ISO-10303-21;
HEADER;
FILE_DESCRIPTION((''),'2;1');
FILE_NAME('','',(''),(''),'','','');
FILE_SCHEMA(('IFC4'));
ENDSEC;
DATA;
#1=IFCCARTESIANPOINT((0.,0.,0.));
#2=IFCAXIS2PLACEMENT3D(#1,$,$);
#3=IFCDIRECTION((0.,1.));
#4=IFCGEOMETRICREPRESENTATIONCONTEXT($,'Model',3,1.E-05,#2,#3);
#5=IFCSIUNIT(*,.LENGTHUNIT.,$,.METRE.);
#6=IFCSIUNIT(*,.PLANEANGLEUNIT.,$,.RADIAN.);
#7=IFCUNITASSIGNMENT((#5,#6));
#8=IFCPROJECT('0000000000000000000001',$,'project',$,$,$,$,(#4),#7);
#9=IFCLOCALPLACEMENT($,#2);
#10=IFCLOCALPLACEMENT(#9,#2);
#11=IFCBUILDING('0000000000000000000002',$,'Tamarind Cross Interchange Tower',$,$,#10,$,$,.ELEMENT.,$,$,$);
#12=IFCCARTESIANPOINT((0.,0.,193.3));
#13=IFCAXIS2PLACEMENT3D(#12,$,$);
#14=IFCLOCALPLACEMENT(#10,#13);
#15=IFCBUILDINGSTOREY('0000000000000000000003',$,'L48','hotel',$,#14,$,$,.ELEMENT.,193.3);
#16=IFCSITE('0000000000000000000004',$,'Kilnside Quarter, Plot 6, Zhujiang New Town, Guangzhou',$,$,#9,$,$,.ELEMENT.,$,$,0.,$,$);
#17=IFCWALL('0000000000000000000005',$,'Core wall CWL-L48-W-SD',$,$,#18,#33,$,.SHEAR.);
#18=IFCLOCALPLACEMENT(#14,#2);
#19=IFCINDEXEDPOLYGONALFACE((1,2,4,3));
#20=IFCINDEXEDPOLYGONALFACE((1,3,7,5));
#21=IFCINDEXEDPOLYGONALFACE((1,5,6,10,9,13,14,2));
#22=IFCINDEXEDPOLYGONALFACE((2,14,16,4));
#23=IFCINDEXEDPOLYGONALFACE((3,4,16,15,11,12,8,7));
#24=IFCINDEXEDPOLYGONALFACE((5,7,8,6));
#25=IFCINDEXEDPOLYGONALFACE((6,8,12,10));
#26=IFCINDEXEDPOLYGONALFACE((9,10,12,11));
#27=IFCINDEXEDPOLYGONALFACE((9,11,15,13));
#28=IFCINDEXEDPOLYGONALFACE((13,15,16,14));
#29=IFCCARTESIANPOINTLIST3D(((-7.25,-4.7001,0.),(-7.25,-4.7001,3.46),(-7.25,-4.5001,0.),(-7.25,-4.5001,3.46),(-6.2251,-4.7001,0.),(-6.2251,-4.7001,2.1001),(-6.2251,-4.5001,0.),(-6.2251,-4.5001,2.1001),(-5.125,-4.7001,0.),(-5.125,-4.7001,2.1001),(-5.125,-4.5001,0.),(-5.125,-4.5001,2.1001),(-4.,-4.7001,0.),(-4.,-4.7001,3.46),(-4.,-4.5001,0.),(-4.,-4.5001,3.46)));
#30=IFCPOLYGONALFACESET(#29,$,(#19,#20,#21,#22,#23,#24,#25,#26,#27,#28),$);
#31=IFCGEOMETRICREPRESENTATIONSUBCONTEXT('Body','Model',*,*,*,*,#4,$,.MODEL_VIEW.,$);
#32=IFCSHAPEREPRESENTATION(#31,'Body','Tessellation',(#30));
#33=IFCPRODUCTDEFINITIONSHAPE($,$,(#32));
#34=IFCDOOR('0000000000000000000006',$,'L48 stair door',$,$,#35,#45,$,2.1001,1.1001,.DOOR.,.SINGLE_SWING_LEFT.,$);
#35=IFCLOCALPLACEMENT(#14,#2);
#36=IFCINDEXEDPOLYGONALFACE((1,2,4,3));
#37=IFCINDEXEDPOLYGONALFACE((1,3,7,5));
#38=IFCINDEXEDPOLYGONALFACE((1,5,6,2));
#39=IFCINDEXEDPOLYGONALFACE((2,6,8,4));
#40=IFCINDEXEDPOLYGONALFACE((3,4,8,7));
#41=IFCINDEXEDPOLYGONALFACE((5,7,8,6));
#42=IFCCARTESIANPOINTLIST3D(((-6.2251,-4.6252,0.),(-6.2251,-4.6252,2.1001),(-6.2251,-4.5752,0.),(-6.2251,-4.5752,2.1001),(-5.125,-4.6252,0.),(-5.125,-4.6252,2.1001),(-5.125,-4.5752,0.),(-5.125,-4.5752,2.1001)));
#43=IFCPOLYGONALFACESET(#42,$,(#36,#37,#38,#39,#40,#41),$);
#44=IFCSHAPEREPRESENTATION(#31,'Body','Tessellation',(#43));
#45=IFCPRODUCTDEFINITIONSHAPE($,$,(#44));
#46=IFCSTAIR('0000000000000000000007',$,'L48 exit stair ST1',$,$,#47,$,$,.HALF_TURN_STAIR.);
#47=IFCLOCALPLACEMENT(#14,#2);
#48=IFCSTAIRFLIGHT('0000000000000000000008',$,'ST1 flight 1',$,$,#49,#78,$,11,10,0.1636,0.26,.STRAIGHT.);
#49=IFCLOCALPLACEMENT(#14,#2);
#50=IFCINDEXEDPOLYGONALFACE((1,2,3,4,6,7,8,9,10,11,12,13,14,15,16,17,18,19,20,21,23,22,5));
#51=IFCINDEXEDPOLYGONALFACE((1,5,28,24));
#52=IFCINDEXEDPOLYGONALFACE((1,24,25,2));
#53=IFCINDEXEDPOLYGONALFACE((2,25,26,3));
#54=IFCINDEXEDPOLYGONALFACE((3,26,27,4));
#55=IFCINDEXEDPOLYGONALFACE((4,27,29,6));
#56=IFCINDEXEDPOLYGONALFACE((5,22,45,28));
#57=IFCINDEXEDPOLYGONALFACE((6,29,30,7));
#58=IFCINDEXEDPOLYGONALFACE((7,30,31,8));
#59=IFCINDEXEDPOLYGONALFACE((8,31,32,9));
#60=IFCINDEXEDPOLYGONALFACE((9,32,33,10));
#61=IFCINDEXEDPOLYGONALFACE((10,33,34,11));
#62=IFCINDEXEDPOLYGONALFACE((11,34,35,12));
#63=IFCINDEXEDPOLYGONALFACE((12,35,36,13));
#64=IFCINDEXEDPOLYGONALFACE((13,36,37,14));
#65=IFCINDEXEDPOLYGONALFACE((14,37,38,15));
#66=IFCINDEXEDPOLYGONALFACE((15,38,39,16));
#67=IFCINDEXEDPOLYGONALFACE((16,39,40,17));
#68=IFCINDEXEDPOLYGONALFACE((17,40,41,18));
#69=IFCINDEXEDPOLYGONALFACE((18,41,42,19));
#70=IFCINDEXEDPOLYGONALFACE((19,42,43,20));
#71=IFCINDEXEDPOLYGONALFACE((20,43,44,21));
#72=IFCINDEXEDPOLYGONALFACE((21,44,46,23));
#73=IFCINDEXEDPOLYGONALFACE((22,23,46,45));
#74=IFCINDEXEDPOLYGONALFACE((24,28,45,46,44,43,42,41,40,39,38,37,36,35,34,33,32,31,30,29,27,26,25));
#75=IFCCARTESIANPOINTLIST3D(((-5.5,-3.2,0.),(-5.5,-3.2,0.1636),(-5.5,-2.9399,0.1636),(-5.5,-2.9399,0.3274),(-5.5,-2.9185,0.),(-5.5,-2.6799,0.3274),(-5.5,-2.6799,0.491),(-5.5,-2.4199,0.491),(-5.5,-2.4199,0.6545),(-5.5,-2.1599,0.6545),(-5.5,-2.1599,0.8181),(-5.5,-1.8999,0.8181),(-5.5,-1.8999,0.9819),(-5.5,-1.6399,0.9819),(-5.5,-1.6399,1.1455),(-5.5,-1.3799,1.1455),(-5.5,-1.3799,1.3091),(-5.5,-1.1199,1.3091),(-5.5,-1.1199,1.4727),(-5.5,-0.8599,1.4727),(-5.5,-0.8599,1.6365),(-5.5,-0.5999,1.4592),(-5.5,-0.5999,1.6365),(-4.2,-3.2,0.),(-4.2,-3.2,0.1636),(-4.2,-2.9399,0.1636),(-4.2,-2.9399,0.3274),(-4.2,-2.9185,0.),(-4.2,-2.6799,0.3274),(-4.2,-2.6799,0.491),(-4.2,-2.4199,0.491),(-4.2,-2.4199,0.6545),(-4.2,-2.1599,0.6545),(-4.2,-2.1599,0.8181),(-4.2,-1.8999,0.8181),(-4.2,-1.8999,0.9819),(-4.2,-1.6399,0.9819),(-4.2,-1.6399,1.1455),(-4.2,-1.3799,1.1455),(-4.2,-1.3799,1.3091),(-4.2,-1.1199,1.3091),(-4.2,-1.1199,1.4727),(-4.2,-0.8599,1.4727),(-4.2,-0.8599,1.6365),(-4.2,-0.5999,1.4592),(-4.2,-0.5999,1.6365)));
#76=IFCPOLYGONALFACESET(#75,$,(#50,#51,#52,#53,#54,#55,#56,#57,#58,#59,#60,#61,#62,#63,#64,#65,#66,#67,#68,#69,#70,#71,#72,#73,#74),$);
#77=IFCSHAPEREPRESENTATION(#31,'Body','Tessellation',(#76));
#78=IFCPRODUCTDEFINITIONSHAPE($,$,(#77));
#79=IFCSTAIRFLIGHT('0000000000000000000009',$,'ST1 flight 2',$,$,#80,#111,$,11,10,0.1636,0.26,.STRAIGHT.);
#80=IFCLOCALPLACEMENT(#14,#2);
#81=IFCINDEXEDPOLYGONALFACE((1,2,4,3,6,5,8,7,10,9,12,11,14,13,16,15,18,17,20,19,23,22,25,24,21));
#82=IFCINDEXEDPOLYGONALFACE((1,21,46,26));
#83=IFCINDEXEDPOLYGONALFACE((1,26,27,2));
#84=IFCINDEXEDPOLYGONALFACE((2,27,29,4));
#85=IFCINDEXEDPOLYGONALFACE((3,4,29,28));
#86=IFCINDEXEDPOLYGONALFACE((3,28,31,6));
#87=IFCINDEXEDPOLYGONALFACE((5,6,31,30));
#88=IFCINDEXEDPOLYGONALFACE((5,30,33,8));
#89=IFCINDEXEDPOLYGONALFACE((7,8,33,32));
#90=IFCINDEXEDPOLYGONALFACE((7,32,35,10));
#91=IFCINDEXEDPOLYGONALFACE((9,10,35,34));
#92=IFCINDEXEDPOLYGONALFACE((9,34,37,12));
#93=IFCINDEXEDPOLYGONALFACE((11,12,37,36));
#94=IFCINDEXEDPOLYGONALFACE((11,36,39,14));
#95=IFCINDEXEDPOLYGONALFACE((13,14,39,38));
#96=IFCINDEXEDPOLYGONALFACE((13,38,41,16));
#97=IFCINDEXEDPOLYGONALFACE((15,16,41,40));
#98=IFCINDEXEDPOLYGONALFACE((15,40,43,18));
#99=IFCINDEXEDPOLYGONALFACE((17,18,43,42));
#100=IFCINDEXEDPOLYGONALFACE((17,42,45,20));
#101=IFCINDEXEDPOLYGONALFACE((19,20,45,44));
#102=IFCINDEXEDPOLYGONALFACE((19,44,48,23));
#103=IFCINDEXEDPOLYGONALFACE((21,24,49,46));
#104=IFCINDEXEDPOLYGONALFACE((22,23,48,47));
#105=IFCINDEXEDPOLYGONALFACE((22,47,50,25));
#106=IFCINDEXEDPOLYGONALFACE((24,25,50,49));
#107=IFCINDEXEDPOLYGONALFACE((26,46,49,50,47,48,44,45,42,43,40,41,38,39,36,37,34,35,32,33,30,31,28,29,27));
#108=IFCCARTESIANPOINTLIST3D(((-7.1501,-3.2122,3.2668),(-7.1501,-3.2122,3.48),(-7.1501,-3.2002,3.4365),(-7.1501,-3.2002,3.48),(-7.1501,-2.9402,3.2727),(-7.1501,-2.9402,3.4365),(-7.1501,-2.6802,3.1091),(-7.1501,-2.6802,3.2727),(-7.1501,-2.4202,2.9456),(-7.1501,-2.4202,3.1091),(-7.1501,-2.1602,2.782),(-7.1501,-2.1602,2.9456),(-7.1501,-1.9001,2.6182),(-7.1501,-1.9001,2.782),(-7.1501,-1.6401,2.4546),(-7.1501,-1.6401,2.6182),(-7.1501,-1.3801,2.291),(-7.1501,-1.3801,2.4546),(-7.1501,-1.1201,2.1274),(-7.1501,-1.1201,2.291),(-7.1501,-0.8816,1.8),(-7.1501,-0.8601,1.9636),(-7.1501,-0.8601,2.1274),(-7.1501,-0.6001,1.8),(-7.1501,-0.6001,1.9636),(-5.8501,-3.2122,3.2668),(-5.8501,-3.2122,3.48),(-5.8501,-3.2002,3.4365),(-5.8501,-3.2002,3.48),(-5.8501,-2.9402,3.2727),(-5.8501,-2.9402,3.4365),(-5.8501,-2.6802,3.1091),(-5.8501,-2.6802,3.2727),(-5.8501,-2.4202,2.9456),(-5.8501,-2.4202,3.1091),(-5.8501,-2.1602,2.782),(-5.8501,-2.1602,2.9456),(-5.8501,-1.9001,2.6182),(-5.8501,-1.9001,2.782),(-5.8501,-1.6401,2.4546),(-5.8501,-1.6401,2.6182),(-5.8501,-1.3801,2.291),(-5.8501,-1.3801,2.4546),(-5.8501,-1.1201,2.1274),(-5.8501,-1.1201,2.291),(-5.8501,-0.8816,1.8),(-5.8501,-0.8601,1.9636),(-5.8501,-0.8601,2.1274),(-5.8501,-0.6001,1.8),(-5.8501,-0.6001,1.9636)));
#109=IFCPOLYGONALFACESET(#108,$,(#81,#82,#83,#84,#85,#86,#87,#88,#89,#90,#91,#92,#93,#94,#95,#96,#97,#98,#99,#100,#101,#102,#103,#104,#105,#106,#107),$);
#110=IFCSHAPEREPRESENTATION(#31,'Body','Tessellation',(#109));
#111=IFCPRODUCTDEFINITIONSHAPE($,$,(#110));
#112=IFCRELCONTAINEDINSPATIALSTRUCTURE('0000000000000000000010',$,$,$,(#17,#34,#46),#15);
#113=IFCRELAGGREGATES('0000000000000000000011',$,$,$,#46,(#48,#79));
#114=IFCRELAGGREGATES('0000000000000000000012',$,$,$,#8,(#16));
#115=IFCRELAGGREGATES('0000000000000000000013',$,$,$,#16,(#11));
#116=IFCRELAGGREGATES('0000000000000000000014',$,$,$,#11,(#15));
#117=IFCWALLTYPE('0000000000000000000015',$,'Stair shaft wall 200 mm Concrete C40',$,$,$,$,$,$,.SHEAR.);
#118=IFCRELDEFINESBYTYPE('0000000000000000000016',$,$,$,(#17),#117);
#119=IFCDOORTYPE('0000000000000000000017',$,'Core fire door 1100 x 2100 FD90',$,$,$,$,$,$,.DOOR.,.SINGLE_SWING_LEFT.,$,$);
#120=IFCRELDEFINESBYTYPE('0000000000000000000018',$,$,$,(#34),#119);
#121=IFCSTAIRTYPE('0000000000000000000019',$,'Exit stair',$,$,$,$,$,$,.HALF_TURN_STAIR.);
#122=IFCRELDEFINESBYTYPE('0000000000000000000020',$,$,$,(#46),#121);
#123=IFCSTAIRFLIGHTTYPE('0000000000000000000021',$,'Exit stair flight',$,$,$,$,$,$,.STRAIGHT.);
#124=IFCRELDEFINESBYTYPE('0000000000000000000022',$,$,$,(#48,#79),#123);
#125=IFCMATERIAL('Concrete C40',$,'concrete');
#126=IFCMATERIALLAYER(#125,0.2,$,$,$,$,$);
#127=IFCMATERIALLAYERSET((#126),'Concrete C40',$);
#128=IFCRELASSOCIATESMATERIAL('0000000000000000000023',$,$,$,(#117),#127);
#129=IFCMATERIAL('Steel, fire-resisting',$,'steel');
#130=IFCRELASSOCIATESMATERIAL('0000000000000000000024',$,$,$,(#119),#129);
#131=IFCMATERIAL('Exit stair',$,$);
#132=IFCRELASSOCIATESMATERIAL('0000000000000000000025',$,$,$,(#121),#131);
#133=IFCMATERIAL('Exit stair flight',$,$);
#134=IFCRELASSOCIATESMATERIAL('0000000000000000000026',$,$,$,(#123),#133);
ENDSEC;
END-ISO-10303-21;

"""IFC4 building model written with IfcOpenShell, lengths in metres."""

from ifc_helpers import new_model, si_unit, direction, frame, frame_2d, origin, place, context, subcontext, project, spatial, polyline, rectangle, outline, extrude, material, layer, layer_set, type_object, element, fill, aggregate, save


model = new_model("IFC4")

# Units and contexts
model_context = context("Model", 3, precision=1e-05, world=origin(), true_north=direction((0.0, 1.0)))
body_context = subcontext(model_context, "Body", "Model", "MODEL_VIEW")
ifc_project = project(units=[si_unit("LENGTHUNIT", "METRE"), si_unit("PLANEANGLEUNIT", "RADIAN")], contexts=[model_context])

# Site, building, storey
site_placement = place(None, origin())
site = spatial("IfcSite", under=ifc_project, at=site_placement, Name="Kilnside Quarter, Plot 6, Zhujiang New Town, Guangzhou", CompositionType="ELEMENT", RefElevation=0.0)
building_placement = place(site_placement, origin())
building = spatial("IfcBuilding", under=site, at=building_placement, Name="Tamarind Cross Interchange Tower", CompositionType="ELEMENT")
storey_placement = place(building_placement, frame((0.0, 0.0, 193.3)))
storey = spatial("IfcBuildingStorey", under=building, at=storey_placement, Name="L48", Description="hotel", CompositionType="ELEMENT", Elevation=193.3)

# Shared definitions
ifc_material_1 = material(Name="Steel, fire-resisting", Category="steel")

# Wall, opening, door
ifc_material_2 = material(Name="Concrete C40", Category="concrete")
ifc_layer_1 = layer(ifc_material_2, 0.2)
ifc_layer_set_1 = layer_set([ifc_layer_1], Name="Concrete C40")
wall_type_1 = type_object("IfcWallType", Name="Stair shaft wall 200 mm Concrete C40", PredefinedType="SHEAR", material=ifc_layer_set_1)
wall_1_placement = place(storey_placement, frame((-7.25, -4.6001, 0.0), z_axis=(0.0, 0.0, 1.0), x_axis=(1.0, 0.0, 0.0)))
wall_1 = element("IfcWall", 1, at=wall_1_placement, inside=storey, type_object=wall_type_1, Name="Core wall CWL-L48-W-SD", PredefinedType="SHEAR", context=body_context, shape_type="SweptSolid", body=[
    extrude(rectangle(XDim=3.25, YDim=0.2, at=frame_2d((1.625, 0.0))), origin(), (0.0, 0.0, 1.0), 3.46),
])
opening_1_placement = place(wall_1_placement, frame((1.0249, 0.0, 0.0)))
opening_1 = element("IfcOpeningElement", 2, at=opening_1_placement, cuts=wall_1, PredefinedType="OPENING", context=body_context, shape_type="SweptSolid", body=[
    extrude(rectangle(XDim=1.1001, YDim=2.1001, at=frame_2d((0.55, 1.05))), frame((0.0, 0.1099, 0.0), z_axis=(0.0, -1.0, 0.0), x_axis=(1.0, 0.0, 0.0)), (0.0, 0.0, 1.0), 0.22),
])
door_type_1 = type_object("IfcDoorType", Name="Core fire door 1100 x 2100 FD90", OperationType="SINGLE_SWING_LEFT", PredefinedType="DOOR", material=ifc_material_1)
door_1_placement = place(opening_1_placement, origin())
door_1 = element("IfcDoor", 3, at=door_1_placement, inside=storey, type_object=door_type_1, Name="L48 stair door", OperationType="SINGLE_SWING_LEFT", OverallHeight=2.1001, OverallWidth=1.1001, PredefinedType="DOOR", context=body_context, shape_type="SweptSolid", body=[
    extrude(rectangle(XDim=1.1001, YDim=2.1001, at=frame_2d((0.55, 1.05))), frame((0.0, 0.0249, 0.0), z_axis=(0.0, -1.0, 0.0), x_axis=(1.0, 0.0, 0.0)), (0.0, 0.0, 1.0), 0.05),
])
fill(opening_1, door_1)

# Stair, stair flights
ifc_material_3 = material(Name="Exit stair")
stair_type = type_object("IfcStairType", Name="Exit stair", PredefinedType="HALF_TURN_STAIR", material=ifc_material_3)
stair_placement = place(storey_placement, origin())
stair = element("IfcStair", 4, at=stair_placement, inside=storey, type_object=stair_type, Name="L48 exit stair ST1", PredefinedType="HALF_TURN_STAIR")
ifc_material_4 = material(Name="Exit stair flight")
stair_flight_type = type_object("IfcStairFlightType", Name="Exit stair flight", PredefinedType="STRAIGHT", material=ifc_material_4)
stair_flight_1_placement = place(storey_placement, frame((-4.8501, -3.2, 0.0), z_axis=(0.0, 0.0, 1.0), x_axis=(0.0, 1.0, 0.0)))
stair_flight_1 = element("IfcStairFlight", 5, at=stair_flight_1_placement, type_object=stair_flight_type, Name="ST1 flight 1", NumberOfRisers=11, NumberOfTreads=10, PredefinedType="STRAIGHT", RiserHeight=0.1636, TreadLength=0.26, context=body_context, shape_type="SweptSolid", body=[
    extrude(outline(polyline([(0.0, 0.0), (0.0, 0.1636), (0.26, 0.1636), (0.26, 0.3274), (0.52, 0.3274), (0.52, 0.491), (0.78, 0.491), (0.78, 0.6545), (1.04, 0.6545), (1.04, 0.8181), (1.3, 0.8181), (1.3, 0.9819), (1.5601, 0.9819), (1.5601, 1.1455), (1.8201, 1.1455), (1.8201, 1.3091), (2.0801, 1.3091), (2.0801, 1.4727), (2.3401, 1.4727), (2.3401, 1.6365), (2.6001, 1.6365), (2.6001, 1.8), (2.6001, 1.4592), (0.2815, 0.0), (0.0, 0.0)])), frame((0.0, 0.6499, 0.0), z_axis=(0.0, -1.0, 0.0), x_axis=(1.0, 0.0, 0.0)), (0.0, 0.0, 1.0), 1.3),
])
stair_flight_2_placement = place(storey_placement, frame((-6.5, -0.6001, 1.8), z_axis=(0.0, 0.0, 1.0), x_axis=(0.0, -1.0, 0.0)))
stair_flight_2 = element("IfcStairFlight", 6, at=stair_flight_2_placement, type_object=stair_flight_type, Name="ST1 flight 2", NumberOfRisers=11, NumberOfTreads=10, PredefinedType="STRAIGHT", RiserHeight=0.1636, TreadLength=0.26, context=body_context, shape_type="SweptSolid", body=[
    extrude(outline(polyline([(0.0, 0.0), (0.0, 0.1636), (0.26, 0.1636), (0.26, 0.3274), (0.52, 0.3274), (0.52, 0.491), (0.78, 0.491), (0.78, 0.6545), (1.04, 0.6545), (1.04, 0.8181), (1.3, 0.8181), (1.3, 0.9819), (1.5601, 0.9819), (1.5601, 1.1455), (1.8201, 1.1455), (1.8201, 1.3091), (2.0801, 1.3091), (2.0801, 1.4727), (2.3401, 1.4727), (2.3401, 1.6365), (2.6001, 1.6365), (2.6001, 1.6799), (2.6121, 1.6799), (2.6121, 1.4668), (0.2815, 0.0), (0.0, 0.0)])), frame((0.0, 0.6499, 0.0), z_axis=(0.0, -1.0, 0.0), x_axis=(1.0, 0.0, 0.0)), (0.0, 0.0, 1.0), 1.3),
])
aggregate(stair, [stair_flight_1, stair_flight_2])

save(model, "model.ifc")
